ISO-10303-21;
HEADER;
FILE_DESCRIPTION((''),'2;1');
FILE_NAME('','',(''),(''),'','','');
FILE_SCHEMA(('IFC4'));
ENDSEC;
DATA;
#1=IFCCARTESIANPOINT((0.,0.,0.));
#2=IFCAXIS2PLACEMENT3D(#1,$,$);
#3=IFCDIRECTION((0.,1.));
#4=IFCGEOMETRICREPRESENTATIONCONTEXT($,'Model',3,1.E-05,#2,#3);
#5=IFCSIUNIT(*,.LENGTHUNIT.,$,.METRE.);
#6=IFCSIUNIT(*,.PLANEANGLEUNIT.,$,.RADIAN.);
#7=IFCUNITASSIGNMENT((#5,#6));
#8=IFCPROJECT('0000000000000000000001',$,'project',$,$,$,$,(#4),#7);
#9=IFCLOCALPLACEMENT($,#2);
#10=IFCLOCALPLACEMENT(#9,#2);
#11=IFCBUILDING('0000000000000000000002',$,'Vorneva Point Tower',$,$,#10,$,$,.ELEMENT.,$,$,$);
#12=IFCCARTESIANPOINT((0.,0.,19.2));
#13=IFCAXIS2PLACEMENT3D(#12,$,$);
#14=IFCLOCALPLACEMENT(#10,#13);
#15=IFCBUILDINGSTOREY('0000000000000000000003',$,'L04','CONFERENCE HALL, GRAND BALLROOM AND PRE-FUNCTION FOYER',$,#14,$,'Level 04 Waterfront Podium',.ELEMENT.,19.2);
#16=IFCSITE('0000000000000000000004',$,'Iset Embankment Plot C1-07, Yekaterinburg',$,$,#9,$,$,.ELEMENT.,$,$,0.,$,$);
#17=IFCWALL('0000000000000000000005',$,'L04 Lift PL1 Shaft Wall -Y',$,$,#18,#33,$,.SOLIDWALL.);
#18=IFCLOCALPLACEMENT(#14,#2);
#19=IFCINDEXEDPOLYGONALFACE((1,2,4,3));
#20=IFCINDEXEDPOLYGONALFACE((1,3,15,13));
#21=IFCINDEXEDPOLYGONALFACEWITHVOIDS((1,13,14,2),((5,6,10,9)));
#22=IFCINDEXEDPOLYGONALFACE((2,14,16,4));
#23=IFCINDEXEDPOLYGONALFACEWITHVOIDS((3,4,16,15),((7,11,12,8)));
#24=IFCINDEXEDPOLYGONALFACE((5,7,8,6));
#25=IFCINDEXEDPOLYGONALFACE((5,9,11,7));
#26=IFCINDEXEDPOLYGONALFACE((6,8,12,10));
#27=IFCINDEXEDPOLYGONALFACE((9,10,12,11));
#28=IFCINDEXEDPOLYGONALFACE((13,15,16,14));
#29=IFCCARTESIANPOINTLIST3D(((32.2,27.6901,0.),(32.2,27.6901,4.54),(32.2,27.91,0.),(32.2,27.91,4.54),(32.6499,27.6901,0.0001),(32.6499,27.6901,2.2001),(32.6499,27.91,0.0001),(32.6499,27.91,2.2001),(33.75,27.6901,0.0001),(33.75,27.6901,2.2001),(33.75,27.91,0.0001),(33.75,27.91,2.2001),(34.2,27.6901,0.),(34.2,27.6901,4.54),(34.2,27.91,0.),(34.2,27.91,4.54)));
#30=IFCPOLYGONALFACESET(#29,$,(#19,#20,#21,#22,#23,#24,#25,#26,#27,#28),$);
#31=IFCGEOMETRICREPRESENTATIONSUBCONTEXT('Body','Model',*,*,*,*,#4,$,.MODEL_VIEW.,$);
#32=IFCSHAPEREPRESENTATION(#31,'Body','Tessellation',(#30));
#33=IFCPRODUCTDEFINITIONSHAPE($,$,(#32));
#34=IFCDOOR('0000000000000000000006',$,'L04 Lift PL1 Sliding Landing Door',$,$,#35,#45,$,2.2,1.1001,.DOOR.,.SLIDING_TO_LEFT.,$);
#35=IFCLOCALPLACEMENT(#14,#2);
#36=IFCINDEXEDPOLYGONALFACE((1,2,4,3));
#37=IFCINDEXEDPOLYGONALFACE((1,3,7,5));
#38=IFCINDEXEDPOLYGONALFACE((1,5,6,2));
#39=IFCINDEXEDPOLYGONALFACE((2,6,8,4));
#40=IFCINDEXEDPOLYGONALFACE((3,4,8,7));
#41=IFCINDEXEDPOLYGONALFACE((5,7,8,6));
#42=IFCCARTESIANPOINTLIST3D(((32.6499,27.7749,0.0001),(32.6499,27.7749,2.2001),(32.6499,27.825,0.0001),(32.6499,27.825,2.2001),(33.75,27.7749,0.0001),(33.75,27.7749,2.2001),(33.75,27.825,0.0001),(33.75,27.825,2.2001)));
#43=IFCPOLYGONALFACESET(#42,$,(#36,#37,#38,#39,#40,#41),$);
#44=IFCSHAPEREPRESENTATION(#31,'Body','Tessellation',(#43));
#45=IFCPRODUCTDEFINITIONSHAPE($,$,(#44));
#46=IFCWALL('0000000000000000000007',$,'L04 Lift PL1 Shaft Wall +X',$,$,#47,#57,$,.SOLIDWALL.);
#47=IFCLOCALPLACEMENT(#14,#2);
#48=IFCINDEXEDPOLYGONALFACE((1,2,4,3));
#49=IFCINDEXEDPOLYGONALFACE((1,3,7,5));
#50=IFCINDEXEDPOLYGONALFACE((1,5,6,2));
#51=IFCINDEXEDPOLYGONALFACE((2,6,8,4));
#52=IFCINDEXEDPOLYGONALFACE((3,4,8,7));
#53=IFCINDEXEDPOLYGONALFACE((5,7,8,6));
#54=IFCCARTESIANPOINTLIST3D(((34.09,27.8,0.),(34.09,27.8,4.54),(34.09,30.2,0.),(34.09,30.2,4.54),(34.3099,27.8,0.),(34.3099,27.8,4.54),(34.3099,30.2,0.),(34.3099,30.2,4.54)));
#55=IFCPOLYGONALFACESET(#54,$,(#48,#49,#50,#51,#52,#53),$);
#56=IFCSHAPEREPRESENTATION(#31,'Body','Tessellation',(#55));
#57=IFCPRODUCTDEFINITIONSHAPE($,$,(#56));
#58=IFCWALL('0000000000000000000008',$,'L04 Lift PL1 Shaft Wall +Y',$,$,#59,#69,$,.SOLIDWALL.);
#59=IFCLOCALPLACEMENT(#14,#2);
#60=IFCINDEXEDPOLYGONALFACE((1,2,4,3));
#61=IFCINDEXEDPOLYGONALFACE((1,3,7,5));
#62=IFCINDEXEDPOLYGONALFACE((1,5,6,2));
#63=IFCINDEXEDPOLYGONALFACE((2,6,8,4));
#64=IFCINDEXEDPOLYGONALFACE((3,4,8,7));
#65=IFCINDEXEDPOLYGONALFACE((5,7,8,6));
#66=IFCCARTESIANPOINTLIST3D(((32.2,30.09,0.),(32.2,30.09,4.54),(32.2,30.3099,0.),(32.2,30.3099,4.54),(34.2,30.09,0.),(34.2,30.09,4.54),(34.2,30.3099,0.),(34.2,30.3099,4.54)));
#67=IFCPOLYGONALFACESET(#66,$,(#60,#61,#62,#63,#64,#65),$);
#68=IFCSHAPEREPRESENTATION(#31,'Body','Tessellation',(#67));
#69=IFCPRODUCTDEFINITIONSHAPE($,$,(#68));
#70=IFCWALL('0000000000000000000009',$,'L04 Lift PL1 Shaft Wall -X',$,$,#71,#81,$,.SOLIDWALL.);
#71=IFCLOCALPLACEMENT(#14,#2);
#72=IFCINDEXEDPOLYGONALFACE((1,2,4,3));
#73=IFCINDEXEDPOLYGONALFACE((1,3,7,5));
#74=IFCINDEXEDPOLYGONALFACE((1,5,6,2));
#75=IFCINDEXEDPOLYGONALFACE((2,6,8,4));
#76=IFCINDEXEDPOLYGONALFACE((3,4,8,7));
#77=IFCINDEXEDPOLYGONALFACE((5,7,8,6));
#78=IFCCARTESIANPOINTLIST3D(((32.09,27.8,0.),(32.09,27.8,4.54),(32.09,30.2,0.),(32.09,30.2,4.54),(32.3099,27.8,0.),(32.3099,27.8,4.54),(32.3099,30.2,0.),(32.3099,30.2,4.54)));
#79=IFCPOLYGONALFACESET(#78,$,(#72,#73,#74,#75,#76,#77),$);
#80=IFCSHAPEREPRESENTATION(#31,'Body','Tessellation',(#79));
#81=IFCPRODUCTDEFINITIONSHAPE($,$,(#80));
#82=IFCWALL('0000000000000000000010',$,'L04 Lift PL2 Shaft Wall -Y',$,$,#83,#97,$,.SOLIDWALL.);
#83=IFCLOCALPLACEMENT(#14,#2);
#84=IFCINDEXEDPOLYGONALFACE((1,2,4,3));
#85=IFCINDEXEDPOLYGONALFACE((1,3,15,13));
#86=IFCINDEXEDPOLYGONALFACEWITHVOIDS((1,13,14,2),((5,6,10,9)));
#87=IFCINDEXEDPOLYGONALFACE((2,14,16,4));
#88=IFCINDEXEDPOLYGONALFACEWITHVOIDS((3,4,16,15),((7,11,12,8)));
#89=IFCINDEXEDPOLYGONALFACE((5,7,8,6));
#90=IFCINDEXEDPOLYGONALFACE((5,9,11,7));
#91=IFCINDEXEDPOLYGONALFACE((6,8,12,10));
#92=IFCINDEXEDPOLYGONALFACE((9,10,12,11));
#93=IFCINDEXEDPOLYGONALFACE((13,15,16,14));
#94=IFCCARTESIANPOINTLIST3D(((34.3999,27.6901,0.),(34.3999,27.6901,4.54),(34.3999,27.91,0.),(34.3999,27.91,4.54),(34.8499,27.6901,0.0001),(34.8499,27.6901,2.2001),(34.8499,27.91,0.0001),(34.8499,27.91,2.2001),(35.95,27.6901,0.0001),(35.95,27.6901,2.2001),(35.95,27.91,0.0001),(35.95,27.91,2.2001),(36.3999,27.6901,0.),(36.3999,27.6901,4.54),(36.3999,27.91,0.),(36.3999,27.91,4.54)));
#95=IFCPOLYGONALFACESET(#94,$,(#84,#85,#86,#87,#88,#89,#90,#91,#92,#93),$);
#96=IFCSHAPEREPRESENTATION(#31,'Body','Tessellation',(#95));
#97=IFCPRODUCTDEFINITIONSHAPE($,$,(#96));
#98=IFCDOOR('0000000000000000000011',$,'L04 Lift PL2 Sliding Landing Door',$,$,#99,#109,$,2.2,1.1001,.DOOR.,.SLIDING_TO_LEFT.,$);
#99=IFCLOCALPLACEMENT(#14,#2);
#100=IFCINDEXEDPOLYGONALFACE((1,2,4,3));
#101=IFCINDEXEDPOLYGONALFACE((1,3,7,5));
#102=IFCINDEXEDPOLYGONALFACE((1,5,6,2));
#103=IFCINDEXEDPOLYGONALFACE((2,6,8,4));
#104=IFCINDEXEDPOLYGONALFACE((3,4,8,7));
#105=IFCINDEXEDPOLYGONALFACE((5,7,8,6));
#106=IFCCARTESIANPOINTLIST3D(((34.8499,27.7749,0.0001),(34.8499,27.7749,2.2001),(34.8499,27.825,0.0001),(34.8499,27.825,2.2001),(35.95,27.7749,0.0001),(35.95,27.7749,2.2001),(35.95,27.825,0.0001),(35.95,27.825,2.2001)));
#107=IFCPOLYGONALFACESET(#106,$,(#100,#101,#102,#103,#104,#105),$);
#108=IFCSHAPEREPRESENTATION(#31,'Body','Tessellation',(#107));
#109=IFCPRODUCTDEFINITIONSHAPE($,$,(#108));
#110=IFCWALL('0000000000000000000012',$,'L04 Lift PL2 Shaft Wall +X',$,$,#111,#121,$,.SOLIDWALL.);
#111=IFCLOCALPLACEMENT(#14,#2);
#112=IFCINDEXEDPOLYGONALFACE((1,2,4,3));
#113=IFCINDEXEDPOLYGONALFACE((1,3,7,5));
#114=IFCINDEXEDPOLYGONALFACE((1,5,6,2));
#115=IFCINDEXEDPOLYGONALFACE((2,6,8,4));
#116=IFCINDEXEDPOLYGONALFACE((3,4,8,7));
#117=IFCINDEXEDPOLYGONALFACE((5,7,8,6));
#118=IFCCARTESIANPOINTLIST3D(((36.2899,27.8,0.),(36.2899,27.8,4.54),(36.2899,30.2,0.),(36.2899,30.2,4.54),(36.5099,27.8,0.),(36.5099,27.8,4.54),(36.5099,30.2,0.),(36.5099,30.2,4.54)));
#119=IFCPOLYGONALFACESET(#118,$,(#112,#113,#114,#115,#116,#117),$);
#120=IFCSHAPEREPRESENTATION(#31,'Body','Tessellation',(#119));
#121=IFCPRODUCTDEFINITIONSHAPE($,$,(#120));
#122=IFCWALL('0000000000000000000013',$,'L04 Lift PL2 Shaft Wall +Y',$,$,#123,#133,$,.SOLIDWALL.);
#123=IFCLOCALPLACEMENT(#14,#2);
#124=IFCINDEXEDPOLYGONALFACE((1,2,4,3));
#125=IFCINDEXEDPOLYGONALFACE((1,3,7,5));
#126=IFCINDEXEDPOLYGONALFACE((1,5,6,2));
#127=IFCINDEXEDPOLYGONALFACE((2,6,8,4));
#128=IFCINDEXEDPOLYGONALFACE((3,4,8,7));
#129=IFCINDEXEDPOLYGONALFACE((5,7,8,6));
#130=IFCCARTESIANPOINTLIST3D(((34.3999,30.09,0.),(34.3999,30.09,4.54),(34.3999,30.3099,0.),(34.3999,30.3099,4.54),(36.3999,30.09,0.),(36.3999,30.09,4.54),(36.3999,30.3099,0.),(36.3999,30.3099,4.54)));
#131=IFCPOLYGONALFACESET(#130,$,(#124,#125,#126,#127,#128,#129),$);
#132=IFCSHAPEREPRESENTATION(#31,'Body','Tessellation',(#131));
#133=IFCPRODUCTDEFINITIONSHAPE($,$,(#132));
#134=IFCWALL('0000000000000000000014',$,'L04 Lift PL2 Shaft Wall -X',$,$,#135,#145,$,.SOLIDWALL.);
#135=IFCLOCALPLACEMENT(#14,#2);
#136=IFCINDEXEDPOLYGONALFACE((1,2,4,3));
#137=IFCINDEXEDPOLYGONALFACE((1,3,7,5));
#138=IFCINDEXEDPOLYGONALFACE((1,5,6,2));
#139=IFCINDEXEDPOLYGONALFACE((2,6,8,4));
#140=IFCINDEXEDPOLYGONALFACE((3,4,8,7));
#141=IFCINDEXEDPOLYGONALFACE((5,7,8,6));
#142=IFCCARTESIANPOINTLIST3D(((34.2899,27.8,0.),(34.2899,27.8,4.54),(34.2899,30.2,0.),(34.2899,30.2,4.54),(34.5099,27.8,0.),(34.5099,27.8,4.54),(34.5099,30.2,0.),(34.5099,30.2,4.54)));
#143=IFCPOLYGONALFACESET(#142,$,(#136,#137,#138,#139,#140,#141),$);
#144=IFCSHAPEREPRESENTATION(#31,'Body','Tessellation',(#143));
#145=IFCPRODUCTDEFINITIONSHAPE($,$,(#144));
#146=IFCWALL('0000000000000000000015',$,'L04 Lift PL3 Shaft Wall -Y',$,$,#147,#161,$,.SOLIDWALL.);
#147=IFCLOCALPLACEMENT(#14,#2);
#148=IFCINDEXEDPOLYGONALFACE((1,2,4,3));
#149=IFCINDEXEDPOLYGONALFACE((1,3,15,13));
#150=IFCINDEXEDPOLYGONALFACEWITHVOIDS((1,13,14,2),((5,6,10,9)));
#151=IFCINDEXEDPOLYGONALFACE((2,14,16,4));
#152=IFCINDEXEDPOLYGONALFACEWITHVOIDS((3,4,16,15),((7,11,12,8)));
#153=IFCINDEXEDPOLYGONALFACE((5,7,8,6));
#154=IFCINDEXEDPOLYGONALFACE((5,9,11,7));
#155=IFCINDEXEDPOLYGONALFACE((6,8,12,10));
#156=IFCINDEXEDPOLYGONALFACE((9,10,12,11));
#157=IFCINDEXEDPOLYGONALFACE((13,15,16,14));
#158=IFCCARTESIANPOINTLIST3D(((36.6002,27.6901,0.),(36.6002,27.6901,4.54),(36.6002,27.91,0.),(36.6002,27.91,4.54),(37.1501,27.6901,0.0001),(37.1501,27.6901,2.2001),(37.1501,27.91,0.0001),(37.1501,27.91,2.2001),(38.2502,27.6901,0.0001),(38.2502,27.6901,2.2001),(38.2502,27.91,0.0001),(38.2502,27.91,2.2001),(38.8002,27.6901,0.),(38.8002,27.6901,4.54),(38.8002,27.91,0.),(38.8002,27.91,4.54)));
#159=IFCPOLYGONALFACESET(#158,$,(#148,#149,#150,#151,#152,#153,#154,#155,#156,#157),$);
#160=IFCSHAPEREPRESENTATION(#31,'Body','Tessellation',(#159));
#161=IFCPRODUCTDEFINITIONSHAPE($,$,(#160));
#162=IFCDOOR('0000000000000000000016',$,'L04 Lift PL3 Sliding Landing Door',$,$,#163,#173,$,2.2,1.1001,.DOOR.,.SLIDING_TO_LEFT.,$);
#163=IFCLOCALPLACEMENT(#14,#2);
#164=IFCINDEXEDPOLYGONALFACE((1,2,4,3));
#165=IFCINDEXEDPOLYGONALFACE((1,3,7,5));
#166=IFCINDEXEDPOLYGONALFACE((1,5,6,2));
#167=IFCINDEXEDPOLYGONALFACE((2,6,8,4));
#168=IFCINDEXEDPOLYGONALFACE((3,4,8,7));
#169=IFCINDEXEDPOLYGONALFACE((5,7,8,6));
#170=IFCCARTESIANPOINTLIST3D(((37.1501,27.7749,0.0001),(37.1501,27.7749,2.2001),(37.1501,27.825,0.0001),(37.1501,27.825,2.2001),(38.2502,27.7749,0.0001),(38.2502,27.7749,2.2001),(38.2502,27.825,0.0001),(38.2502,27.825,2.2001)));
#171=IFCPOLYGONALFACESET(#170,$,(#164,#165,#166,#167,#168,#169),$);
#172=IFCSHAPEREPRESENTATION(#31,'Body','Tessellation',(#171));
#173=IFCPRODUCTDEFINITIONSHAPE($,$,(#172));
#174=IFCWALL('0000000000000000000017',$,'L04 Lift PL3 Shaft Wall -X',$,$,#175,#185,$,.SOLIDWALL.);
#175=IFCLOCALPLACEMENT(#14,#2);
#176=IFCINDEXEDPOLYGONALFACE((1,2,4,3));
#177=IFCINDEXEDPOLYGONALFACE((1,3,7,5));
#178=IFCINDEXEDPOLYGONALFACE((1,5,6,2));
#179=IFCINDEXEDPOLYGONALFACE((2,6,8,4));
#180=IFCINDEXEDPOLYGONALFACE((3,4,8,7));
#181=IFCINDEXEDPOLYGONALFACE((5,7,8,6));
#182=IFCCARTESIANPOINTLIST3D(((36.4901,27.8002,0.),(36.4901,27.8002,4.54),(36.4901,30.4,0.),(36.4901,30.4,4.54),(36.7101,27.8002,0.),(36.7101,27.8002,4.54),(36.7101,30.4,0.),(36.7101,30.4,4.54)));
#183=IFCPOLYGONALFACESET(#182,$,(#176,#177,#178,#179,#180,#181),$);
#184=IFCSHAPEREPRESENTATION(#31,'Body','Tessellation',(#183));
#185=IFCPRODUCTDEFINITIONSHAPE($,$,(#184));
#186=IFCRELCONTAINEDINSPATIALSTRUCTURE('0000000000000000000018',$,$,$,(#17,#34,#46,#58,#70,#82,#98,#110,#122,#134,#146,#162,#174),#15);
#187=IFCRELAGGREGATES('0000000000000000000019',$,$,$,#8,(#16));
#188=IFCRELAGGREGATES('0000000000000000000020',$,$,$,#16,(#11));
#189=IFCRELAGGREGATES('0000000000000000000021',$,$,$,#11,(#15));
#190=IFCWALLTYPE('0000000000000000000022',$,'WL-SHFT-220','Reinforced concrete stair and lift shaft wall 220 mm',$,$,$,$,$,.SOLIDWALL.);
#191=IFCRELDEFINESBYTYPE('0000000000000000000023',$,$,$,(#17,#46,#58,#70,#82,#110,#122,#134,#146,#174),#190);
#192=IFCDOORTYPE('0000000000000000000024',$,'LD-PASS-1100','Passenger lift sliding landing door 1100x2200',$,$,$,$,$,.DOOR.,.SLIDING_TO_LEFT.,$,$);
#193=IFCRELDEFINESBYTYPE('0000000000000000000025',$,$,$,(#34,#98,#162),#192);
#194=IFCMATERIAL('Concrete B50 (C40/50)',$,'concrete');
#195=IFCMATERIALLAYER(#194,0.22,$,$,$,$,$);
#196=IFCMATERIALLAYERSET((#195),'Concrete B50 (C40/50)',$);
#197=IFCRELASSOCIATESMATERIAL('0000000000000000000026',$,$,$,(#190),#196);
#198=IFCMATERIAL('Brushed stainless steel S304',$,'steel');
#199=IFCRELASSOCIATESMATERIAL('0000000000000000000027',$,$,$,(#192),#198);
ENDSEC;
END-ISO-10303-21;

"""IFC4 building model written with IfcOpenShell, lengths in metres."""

from ifc_helpers import new_model, si_unit, direction, frame, frame_2d, origin, place, context, subcontext, project, spatial, rectangle, extrude, material, layer, layer_set, type_object, element, fill, save


model = new_model("IFC4")

# Units and contexts
model_context = context("Model", 3, precision=1e-05, world=origin(), true_north=direction((0.0, 1.0)))
body_context = subcontext(model_context, "Body", "Model", "MODEL_VIEW")
ifc_project = project(units=[si_unit("LENGTHUNIT", "METRE"), si_unit("PLANEANGLEUNIT", "RADIAN")], contexts=[model_context])

# Site, building, storey
site_placement = place(None, origin())
site = spatial("IfcSite", under=ifc_project, at=site_placement, Name="Iset Embankment Plot C1-07, Yekaterinburg", CompositionType="ELEMENT", RefElevation=0.0)
building_placement = place(site_placement, origin())
building = spatial("IfcBuilding", under=site, at=building_placement, Name="Vorneva Point Tower", CompositionType="ELEMENT")
storey_placement = place(building_placement, frame((0.0, 0.0, 19.2)))
storey = spatial("IfcBuildingStorey", under=building, at=storey_placement, Name="L04", Description="CONFERENCE HALL, GRAND BALLROOM AND PRE-FUNCTION FOYER", LongName="Level 04 Waterfront Podium", CompositionType="ELEMENT", Elevation=19.2)

# Shared definitions
ifc_material_1 = material(Name="Brushed stainless steel S304", Category="steel")

# Wall, opening, door
ifc_material_2 = material(Name="Concrete B50 (C40/50)", Category="concrete")
ifc_layer_1 = layer(ifc_material_2, 0.22)
ifc_layer_set_1 = layer_set([ifc_layer_1], Name="Concrete B50 (C40/50)")
wall_type_1 = type_object("IfcWallType", Name="WL-SHFT-220", Description="Reinforced concrete stair and lift shaft wall 220 mm", PredefinedType="SOLIDWALL", material=ifc_layer_set_1)
wall_1_placement = place(storey_placement, frame((32.2, 27.8, 0.0), z_axis=(0.0, 0.0, 1.0), x_axis=(1.0, 0.0, 0.0)))
wall_1 = element("IfcWall", 1, at=wall_1_placement, inside=storey, type_object=wall_type_1, Name="L04 Lift PL1 Shaft Wall -Y", PredefinedType="SOLIDWALL", context=body_context, shape_type="SweptSolid", body=[
    extrude(rectangle(XDim=2.0, YDim=0.22, at=frame_2d((1.0, 0.0))), origin(), (0.0, 0.0, 1.0), 4.54),
])
opening_1_placement = place(wall_1_placement, frame((0.45, 0.0, 0.0)))
opening_1 = element("IfcOpeningElement", 2, at=opening_1_placement, cuts=wall_1, PredefinedType="OPENING", context=body_context, shape_type="SweptSolid", body=[
    extrude(rectangle(XDim=1.1001, YDim=2.2, at=frame_2d((0.55, 1.1001))), frame((0.0, 0.125, 0.0), z_axis=(0.0, -1.0, 0.0), x_axis=(1.0, 0.0, 0.0)), (0.0, 0.0, 1.0), 0.2498),
])
door_type_1 = type_object("IfcDoorType", Name="LD-PASS-1100", Description="Passenger lift sliding landing door 1100x2200", OperationType="SLIDING_TO_LEFT", PredefinedType="DOOR", material=ifc_material_1)
door_1_placement = place(opening_1_placement, origin())
door_1 = element("IfcDoor", 3, at=door_1_placement, inside=storey, type_object=door_type_1, Name="L04 Lift PL1 Sliding Landing Door", OperationType="SLIDING_TO_LEFT", OverallHeight=2.2, OverallWidth=1.1001, PredefinedType="DOOR", context=body_context, shape_type="SweptSolid", body=[
    extrude(rectangle(XDim=1.1001, YDim=2.2, at=frame_2d((0.55, 1.1001))), frame((0.0, 0.0249, 0.0), z_axis=(0.0, -1.0, 0.0), x_axis=(1.0, 0.0, 0.0)), (0.0, 0.0, 1.0), 0.05),
])
fill(opening_1, door_1)

# Walls
wall_2_placement = place(storey_placement, frame((34.2, 27.8, 0.0), z_axis=(0.0, 0.0, 1.0), x_axis=(0.0, 1.0, 0.0)))
element("IfcWall", 4, at=wall_2_placement, inside=storey, type_object=wall_type_1, Name="L04 Lift PL1 Shaft Wall +X", PredefinedType="SOLIDWALL", context=body_context, shape_type="SweptSolid", body=[
    extrude(rectangle(XDim=2.3999, YDim=0.22, at=frame_2d((1.2, 0.0))), origin(), (0.0, 0.0, 1.0), 4.54),
])
wall_3_placement = place(storey_placement, frame((34.2, 30.2, 0.0), z_axis=(0.0, 0.0, 1.0), x_axis=(-1.0, 0.0, 0.0)))
element("IfcWall", 5, at=wall_3_placement, inside=storey, type_object=wall_type_1, Name="L04 Lift PL1 Shaft Wall +Y", PredefinedType="SOLIDWALL", context=body_context, shape_type="SweptSolid", body=[
    extrude(rectangle(XDim=2.0, YDim=0.22, at=frame_2d((1.0, 0.0))), origin(), (0.0, 0.0, 1.0), 4.54),
])
wall_4_placement = place(storey_placement, frame((32.2, 30.2, 0.0), z_axis=(0.0, 0.0, 1.0), x_axis=(0.0, -1.0, 0.0)))
element("IfcWall", 6, at=wall_4_placement, inside=storey, type_object=wall_type_1, Name="L04 Lift PL1 Shaft Wall -X", PredefinedType="SOLIDWALL", context=body_context, shape_type="SweptSolid", body=[
    extrude(rectangle(XDim=2.3999, YDim=0.22, at=frame_2d((1.2, 0.0))), origin(), (0.0, 0.0, 1.0), 4.54),
])

# Wall, opening, door
wall_5_placement = place(storey_placement, frame((34.3999, 27.8, 0.0), z_axis=(0.0, 0.0, 1.0), x_axis=(1.0, 0.0, 0.0)))
wall_5 = element("IfcWall", 7, at=wall_5_placement, inside=storey, type_object=wall_type_1, Name="L04 Lift PL2 Shaft Wall -Y", PredefinedType="SOLIDWALL", context=body_context, shape_type="SweptSolid", body=[
    extrude(rectangle(XDim=2.0, YDim=0.22, at=frame_2d((1.0, 0.0))), origin(), (0.0, 0.0, 1.0), 4.54),
])
opening_2_placement = place(wall_5_placement, frame((0.45, 0.0, 0.0)))
opening_2 = element("IfcOpeningElement", 8, at=opening_2_placement, cuts=wall_5, PredefinedType="OPENING", context=body_context, shape_type="SweptSolid", body=[
    extrude(rectangle(XDim=1.1001, YDim=2.2, at=frame_2d((0.55, 1.1001))), frame((0.0, 0.125, 0.0), z_axis=(0.0, -1.0, 0.0), x_axis=(1.0, 0.0, 0.0)), (0.0, 0.0, 1.0), 0.2498),
])
door_2_placement = place(opening_2_placement, origin())
door_2 = element("IfcDoor", 9, at=door_2_placement, inside=storey, type_object=door_type_1, Name="L04 Lift PL2 Sliding Landing Door", OperationType="SLIDING_TO_LEFT", OverallHeight=2.2, OverallWidth=1.1001, PredefinedType="DOOR", context=body_context, shape_type="SweptSolid", body=[
    extrude(rectangle(XDim=1.1001, YDim=2.2, at=frame_2d((0.55, 1.1001))), frame((0.0, 0.0249, 0.0), z_axis=(0.0, -1.0, 0.0), x_axis=(1.0, 0.0, 0.0)), (0.0, 0.0, 1.0), 0.05),
])
fill(opening_2, door_2)

# Walls
wall_6_placement = place(storey_placement, frame((36.3999, 27.8, 0.0), z_axis=(0.0, 0.0, 1.0), x_axis=(0.0, 1.0, 0.0)))
element("IfcWall", 10, at=wall_6_placement, inside=storey, type_object=wall_type_1, Name="L04 Lift PL2 Shaft Wall +X", PredefinedType="SOLIDWALL", context=body_context, shape_type="SweptSolid", body=[
    extrude(rectangle(XDim=2.3999, YDim=0.22, at=frame_2d((1.2, 0.0))), origin(), (0.0, 0.0, 1.0), 4.54),
])
wall_7_placement = place(storey_placement, frame((36.3999, 30.2, 0.0), z_axis=(0.0, 0.0, 1.0), x_axis=(-1.0, 0.0, 0.0)))
element("IfcWall", 11, at=wall_7_placement, inside=storey, type_object=wall_type_1, Name="L04 Lift PL2 Shaft Wall +Y", PredefinedType="SOLIDWALL", context=body_context, shape_type="SweptSolid", body=[
    extrude(rectangle(XDim=2.0, YDim=0.22, at=frame_2d((1.0, 0.0))), origin(), (0.0, 0.0, 1.0), 4.54),
])
wall_8_placement = place(storey_placement, frame((34.3999, 30.2, 0.0), z_axis=(0.0, 0.0, 1.0), x_axis=(0.0, -1.0, 0.0)))
element("IfcWall", 12, at=wall_8_placement, inside=storey, type_object=wall_type_1, Name="L04 Lift PL2 Shaft Wall -X", PredefinedType="SOLIDWALL", context=body_context, shape_type="SweptSolid", body=[
    extrude(rectangle(XDim=2.3999, YDim=0.22, at=frame_2d((1.2, 0.0))), origin(), (0.0, 0.0, 1.0), 4.54),
])

# Wall, opening, door
wall_9_placement = place(storey_placement, frame((36.6001, 27.8, 0.0), z_axis=(0.0, 0.0, 1.0), x_axis=(1.0, 0.0, 0.0)))
wall_9 = element("IfcWall", 13, at=wall_9_placement, inside=storey, type_object=wall_type_1, Name="L04 Lift PL3 Shaft Wall -Y", PredefinedType="SOLIDWALL", context=body_context, shape_type="SweptSolid", body=[
    extrude(rectangle(XDim=2.2, YDim=0.22, at=frame_2d((1.1001, 0.0))), origin(), (0.0, 0.0, 1.0), 4.54),
])
opening_3_placement = place(wall_9_placement, frame((0.55, 0.0, 0.0)))
opening_3 = element("IfcOpeningElement", 14, at=opening_3_placement, cuts=wall_9, PredefinedType="OPENING", context=body_context, shape_type="SweptSolid", body=[
    extrude(rectangle(XDim=1.1001, YDim=2.2, at=frame_2d((0.55, 1.1001))), frame((0.0, 0.125, 0.0), z_axis=(0.0, -1.0, 0.0), x_axis=(1.0, 0.0, 0.0)), (0.0, 0.0, 1.0), 0.2498),
])
door_3_placement = place(opening_3_placement, origin())
door_3 = element("IfcDoor", 15, at=door_3_placement, inside=storey, type_object=door_type_1, Name="L04 Lift PL3 Sliding Landing Door", OperationType="SLIDING_TO_LEFT", OverallHeight=2.2, OverallWidth=1.1001, PredefinedType="DOOR", context=body_context, shape_type="SweptSolid", body=[
    extrude(rectangle(XDim=1.1001, YDim=2.2, at=frame_2d((0.55, 1.1001))), frame((0.0, 0.0249, 0.0), z_axis=(0.0, -1.0, 0.0), x_axis=(1.0, 0.0, 0.0)), (0.0, 0.0, 1.0), 0.05),
])
fill(opening_3, door_3)

# Wall
wall_10_placement = place(storey_placement, frame((36.6001, 30.3999, 0.0), z_axis=(0.0, 0.0, 1.0), x_axis=(0.0, -1.0, 0.0)))
element("IfcWall", 16, at=wall_10_placement, inside=storey, type_object=wall_type_1, Name="L04 Lift PL3 Shaft Wall -X", PredefinedType="SOLIDWALL", context=body_context, shape_type="SweptSolid", body=[
    extrude(rectangle(XDim=2.5999, YDim=0.22, at=frame_2d((1.2998, 0.0))), origin(), (0.0, 0.0, 1.0), 4.54),
])

save(model, "model.ifc")
